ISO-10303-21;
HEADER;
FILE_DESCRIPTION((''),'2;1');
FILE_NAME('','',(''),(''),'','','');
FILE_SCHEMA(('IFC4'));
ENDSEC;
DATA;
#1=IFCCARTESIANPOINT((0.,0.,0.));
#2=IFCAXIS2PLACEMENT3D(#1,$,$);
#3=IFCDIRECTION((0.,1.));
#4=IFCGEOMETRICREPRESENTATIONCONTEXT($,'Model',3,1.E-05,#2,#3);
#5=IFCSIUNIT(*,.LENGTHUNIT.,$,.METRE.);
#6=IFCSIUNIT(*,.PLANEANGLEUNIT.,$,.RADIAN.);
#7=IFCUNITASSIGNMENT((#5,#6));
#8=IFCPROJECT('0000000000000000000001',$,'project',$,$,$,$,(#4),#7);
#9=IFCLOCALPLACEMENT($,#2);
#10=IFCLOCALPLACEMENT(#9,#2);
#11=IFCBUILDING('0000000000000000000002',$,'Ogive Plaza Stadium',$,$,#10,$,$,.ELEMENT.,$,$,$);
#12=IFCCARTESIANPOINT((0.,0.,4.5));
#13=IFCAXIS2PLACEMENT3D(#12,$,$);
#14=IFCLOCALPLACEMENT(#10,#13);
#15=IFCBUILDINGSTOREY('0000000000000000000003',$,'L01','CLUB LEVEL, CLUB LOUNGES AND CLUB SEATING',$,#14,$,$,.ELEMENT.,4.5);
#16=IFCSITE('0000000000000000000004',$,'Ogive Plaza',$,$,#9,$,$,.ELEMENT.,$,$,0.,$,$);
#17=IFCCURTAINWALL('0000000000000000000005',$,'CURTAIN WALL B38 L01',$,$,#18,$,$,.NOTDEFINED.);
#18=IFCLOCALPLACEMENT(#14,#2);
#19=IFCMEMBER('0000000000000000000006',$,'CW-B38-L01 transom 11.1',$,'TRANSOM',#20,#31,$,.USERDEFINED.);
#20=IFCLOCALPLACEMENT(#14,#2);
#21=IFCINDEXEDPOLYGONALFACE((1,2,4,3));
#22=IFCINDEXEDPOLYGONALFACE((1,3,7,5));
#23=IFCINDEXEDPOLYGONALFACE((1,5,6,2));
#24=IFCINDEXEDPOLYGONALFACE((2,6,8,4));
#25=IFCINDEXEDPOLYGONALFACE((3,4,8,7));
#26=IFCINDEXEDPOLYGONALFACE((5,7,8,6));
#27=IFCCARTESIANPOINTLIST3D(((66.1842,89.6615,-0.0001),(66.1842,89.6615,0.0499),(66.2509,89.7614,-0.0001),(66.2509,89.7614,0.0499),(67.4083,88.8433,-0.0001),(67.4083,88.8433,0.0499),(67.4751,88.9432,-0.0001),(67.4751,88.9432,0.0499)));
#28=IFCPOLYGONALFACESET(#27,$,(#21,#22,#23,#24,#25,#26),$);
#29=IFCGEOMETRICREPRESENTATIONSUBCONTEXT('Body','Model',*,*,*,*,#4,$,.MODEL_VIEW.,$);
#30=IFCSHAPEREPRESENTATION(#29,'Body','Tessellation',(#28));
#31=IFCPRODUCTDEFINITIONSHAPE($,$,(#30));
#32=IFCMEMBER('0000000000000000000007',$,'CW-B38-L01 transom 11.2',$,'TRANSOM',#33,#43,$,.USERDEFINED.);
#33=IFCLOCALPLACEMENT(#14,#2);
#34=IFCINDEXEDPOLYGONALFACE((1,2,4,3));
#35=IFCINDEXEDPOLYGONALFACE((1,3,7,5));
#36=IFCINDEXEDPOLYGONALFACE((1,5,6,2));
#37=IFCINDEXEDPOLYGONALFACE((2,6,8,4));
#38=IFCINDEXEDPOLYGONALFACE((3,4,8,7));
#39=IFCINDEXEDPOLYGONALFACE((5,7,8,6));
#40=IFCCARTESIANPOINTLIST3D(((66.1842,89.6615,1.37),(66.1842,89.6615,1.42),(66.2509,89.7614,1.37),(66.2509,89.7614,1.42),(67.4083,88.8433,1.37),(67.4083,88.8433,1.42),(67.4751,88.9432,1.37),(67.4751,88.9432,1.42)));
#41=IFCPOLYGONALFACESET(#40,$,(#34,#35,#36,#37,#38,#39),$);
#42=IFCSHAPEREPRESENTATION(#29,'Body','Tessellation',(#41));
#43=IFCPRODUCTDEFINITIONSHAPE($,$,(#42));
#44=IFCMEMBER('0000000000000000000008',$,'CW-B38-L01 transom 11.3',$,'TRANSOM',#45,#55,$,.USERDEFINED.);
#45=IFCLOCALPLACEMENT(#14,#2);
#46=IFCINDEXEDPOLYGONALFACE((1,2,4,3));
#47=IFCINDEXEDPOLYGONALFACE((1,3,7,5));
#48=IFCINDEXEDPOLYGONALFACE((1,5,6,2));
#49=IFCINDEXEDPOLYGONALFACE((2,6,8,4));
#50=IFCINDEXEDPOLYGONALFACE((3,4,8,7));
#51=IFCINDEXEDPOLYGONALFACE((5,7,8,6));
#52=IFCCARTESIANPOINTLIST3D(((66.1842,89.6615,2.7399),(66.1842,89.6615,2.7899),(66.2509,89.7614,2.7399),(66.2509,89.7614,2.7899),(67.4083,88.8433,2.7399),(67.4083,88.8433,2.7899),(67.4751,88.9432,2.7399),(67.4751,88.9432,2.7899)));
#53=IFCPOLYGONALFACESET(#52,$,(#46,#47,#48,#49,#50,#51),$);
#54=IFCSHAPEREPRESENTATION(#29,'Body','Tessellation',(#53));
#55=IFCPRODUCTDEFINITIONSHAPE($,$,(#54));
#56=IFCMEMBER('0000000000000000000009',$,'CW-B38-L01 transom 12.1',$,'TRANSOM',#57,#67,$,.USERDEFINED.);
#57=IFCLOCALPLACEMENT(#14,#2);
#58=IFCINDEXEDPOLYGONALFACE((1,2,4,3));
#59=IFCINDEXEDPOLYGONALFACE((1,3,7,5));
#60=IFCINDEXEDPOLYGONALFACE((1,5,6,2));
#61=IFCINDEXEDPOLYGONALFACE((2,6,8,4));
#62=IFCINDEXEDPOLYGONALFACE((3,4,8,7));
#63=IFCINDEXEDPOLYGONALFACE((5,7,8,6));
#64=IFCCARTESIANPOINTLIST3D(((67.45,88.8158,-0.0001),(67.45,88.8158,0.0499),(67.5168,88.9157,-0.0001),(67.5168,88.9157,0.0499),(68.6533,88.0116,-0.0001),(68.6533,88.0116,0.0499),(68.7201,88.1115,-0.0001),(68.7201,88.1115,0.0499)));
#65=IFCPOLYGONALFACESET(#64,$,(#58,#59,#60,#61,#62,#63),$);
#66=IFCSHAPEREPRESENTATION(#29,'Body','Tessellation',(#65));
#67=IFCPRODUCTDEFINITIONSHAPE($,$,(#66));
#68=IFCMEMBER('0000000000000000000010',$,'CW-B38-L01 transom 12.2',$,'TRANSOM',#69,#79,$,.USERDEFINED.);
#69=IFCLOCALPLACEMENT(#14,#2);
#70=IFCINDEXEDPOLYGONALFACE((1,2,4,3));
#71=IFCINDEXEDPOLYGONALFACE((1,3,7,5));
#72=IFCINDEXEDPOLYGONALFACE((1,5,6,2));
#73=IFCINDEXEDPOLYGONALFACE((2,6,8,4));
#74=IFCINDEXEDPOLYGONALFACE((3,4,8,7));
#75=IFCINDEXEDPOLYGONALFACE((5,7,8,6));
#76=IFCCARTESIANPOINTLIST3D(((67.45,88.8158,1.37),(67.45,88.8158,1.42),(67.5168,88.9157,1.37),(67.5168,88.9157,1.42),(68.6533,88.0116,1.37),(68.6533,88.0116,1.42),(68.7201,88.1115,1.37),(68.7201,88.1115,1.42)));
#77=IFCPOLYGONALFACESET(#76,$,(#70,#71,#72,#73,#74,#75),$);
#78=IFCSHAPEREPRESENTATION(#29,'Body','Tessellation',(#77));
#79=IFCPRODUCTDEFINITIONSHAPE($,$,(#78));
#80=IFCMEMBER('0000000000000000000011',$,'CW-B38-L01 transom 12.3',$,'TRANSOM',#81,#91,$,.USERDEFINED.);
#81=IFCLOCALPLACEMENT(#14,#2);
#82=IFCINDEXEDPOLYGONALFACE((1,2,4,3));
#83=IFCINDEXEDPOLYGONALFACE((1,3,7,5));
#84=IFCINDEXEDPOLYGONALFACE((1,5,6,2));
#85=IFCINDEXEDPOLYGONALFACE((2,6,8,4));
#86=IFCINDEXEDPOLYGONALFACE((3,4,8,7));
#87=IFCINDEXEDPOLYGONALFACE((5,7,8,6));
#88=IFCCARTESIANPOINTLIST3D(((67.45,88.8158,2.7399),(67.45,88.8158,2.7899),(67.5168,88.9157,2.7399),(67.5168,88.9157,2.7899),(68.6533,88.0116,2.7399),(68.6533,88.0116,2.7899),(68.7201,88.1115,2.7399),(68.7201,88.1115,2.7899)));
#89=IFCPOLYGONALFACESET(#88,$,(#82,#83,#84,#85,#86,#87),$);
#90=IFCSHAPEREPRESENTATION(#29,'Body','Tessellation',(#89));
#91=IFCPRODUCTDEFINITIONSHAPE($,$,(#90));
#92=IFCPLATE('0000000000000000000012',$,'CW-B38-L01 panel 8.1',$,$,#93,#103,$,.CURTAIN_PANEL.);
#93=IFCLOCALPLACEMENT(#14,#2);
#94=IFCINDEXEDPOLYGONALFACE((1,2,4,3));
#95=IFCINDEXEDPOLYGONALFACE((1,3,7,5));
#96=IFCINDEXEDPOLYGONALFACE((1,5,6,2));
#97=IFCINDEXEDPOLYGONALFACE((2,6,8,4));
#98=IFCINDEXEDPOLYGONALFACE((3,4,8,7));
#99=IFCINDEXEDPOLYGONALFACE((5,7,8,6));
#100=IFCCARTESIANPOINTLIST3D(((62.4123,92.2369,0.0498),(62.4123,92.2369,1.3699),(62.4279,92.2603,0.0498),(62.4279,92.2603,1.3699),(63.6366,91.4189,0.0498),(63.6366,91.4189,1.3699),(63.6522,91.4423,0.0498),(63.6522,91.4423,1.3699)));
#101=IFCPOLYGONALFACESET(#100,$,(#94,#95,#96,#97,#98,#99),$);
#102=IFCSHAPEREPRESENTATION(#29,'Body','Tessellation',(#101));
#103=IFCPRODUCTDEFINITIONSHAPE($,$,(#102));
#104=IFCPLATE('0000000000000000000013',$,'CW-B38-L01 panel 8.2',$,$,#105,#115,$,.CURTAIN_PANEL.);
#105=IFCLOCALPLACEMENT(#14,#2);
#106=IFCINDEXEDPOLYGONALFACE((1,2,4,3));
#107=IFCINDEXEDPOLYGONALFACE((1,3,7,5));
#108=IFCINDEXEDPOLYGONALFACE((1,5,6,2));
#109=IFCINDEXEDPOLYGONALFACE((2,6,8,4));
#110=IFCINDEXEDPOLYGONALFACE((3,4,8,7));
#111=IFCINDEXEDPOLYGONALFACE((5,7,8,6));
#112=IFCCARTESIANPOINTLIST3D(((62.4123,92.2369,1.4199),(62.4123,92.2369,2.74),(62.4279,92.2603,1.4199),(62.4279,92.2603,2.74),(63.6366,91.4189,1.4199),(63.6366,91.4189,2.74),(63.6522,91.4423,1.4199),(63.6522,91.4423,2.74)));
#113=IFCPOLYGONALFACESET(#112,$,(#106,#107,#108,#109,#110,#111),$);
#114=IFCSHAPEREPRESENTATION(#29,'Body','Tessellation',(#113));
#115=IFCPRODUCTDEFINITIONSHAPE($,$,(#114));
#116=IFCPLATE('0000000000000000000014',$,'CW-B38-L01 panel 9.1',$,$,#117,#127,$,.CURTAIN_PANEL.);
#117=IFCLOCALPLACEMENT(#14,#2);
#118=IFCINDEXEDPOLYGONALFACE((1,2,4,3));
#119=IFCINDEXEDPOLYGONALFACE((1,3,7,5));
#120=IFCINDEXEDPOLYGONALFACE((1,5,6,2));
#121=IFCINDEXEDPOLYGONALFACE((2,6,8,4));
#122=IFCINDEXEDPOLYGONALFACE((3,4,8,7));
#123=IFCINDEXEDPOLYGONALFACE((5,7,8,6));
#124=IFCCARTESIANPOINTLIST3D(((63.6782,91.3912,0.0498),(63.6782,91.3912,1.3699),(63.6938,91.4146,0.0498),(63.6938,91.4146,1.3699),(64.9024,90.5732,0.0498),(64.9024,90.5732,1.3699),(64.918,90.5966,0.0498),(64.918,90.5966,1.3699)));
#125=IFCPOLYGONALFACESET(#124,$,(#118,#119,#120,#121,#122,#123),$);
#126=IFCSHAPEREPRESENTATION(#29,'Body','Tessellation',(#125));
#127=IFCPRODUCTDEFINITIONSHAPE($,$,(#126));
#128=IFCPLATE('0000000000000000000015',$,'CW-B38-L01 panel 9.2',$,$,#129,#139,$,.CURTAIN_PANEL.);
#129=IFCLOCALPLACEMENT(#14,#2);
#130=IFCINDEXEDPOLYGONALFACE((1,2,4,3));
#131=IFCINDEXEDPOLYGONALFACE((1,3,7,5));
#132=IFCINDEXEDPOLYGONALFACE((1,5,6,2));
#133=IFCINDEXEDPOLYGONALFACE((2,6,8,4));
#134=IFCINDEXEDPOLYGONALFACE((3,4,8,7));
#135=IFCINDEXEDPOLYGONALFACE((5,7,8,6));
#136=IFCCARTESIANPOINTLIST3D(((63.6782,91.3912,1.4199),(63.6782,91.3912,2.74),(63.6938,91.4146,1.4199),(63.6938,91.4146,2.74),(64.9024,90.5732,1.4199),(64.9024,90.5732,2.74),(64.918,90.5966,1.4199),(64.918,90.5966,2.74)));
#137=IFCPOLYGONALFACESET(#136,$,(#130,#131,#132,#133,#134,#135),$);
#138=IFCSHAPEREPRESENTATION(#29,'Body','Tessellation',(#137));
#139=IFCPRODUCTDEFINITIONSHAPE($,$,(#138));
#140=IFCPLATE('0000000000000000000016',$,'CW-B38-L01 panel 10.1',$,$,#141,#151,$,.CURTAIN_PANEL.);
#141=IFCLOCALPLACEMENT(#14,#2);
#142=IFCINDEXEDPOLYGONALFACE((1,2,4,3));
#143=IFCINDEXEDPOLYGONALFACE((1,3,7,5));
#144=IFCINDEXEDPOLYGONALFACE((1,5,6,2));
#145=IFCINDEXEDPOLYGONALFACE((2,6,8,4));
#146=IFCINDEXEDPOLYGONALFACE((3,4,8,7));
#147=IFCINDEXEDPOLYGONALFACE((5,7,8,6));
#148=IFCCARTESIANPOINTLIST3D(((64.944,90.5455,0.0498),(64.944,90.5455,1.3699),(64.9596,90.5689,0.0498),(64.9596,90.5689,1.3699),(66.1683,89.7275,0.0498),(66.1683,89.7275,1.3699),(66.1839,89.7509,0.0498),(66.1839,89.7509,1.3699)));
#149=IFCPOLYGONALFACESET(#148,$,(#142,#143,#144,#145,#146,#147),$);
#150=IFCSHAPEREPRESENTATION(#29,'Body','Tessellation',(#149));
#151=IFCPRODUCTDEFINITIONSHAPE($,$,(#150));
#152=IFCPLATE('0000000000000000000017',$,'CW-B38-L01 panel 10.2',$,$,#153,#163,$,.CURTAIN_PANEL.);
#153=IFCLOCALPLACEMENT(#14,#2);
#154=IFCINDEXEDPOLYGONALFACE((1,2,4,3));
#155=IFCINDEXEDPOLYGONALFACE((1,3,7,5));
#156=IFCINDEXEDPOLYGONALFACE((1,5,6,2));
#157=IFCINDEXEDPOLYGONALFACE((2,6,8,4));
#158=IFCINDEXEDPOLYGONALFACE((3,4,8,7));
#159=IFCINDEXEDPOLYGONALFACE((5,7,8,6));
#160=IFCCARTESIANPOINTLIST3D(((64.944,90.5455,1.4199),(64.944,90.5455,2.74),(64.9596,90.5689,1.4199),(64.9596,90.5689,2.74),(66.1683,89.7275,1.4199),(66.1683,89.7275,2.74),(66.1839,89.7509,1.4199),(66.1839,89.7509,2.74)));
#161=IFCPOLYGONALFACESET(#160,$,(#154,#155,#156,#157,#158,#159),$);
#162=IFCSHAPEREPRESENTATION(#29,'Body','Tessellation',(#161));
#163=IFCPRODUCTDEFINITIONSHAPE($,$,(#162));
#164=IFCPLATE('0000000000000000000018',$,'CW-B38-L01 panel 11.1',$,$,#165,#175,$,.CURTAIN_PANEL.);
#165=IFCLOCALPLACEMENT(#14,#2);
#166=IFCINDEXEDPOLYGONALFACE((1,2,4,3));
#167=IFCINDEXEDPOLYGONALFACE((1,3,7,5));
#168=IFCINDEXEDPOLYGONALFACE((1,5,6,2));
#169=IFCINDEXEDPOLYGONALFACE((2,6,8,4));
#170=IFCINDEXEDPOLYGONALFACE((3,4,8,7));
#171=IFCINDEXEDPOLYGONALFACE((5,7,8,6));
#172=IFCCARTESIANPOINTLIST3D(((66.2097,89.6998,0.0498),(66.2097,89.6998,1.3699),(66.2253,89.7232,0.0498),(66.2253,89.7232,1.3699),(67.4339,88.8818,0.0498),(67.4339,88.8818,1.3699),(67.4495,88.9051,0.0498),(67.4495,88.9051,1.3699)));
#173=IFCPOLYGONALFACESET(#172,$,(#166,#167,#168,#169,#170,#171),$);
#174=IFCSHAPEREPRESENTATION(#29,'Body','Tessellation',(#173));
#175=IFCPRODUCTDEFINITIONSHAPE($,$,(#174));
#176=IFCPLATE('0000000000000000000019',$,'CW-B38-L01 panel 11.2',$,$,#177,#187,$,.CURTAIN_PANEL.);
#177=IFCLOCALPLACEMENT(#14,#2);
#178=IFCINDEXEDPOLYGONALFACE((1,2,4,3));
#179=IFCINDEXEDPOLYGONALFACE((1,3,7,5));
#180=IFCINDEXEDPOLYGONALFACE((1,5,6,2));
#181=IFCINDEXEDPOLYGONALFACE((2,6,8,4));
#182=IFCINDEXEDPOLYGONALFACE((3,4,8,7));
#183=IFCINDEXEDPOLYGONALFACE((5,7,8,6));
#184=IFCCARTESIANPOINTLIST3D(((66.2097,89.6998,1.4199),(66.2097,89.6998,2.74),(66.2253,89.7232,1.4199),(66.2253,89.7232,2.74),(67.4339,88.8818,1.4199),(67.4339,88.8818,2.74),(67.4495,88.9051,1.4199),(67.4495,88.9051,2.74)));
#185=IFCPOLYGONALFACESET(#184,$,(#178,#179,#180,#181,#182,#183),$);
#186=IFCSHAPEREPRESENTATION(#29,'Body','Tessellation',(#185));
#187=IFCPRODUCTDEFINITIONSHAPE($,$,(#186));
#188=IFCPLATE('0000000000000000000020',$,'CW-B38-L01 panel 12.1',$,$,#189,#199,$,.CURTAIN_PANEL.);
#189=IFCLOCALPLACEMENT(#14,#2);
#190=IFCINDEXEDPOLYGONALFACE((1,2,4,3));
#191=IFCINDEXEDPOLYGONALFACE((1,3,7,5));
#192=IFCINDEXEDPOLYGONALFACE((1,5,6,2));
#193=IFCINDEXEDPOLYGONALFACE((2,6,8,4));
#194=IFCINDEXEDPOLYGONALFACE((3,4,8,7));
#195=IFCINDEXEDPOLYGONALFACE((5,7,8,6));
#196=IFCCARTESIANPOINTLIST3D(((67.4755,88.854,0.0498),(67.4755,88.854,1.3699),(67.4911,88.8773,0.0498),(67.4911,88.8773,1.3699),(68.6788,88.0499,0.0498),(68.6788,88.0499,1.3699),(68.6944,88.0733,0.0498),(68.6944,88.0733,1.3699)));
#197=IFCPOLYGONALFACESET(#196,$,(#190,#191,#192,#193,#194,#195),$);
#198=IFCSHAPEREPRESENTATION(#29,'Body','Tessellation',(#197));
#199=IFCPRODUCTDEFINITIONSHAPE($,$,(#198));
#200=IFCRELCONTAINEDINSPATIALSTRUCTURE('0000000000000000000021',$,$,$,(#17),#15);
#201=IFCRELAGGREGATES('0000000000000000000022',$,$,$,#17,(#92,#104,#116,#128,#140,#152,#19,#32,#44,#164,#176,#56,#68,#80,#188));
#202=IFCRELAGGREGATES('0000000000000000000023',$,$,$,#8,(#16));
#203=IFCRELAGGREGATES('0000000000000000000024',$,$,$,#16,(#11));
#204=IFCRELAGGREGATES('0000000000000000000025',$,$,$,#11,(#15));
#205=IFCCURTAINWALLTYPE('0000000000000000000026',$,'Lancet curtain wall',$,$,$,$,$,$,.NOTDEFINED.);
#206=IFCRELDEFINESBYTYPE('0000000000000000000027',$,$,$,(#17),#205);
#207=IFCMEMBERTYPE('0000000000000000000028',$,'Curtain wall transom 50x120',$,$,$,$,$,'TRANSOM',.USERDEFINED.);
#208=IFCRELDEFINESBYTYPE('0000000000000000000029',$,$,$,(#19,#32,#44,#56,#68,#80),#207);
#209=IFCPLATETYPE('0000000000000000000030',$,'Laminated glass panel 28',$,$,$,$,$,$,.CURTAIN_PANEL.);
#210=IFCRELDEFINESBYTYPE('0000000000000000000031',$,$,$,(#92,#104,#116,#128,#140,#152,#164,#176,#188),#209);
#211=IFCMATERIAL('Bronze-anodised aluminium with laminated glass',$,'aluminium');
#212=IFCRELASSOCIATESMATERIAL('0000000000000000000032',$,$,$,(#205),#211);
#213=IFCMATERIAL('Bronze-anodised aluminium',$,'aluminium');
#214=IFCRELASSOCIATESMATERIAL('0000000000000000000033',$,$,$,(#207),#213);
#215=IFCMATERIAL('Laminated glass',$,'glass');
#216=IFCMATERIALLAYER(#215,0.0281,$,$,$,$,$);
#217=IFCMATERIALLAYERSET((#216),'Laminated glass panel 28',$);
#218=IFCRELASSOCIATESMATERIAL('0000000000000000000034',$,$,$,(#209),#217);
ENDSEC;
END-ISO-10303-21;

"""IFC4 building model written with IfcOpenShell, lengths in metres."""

from ifc_helpers import new_model, si_unit, direction, frame, origin, origin_2d, place, context, subcontext, project, spatial, rectangle, extrude, material, layer, layer_set, material_profile, profile_set, type_object, element, aggregate, save


model = new_model("IFC4")

# Units and contexts
model_context = context("Model", 3, precision=1e-05, world=origin(), true_north=direction((0.0, 1.0)))
body_context = subcontext(model_context, "Body", "Model", "MODEL_VIEW")
ifc_project = project(units=[si_unit("LENGTHUNIT", "METRE"), si_unit("PLANEANGLEUNIT", "RADIAN")], contexts=[model_context])

# Site, building, storey
site_placement = place(None, origin())
site = spatial("IfcSite", under=ifc_project, at=site_placement, Name="Ogive Plaza", CompositionType="ELEMENT", RefElevation=0.0)
building_placement = place(site_placement, origin())
building = spatial("IfcBuilding", under=site, at=building_placement, Name="Ogive Plaza Stadium", CompositionType="ELEMENT")
storey_placement = place(building_placement, frame((0.0, 0.0, 4.5)))
storey = spatial("IfcBuildingStorey", under=building, at=storey_placement, Name="L01", Description="CLUB LEVEL, CLUB LOUNGES AND CLUB SEATING", CompositionType="ELEMENT", Elevation=4.5)

# Curtain wall, members, plates
ifc_material_1 = material(Name="Bronze-anodised aluminium with laminated glass", Category="aluminium")
curtain_wall_type = type_object("IfcCurtainWallType", Name="Lancet curtain wall", PredefinedType="NOTDEFINED", material=ifc_material_1)
curtain_wall_placement = place(storey_placement, origin())
curtain_wall = element("IfcCurtainWall", 1, at=curtain_wall_placement, inside=storey, type_object=curtain_wall_type, Name="CURTAIN WALL B38 L01", PredefinedType="NOTDEFINED")
ifc_material_2 = material(Name="Bronze-anodised aluminium", Category="aluminium")
ifc_material_profile_1 = material_profile(ifc_material_2, rectangle(XDim=0.1201, YDim=0.05, at=origin_2d()), Name="AL 120x50")
ifc_profile_set_1 = profile_set([ifc_material_profile_1], Name="Bronze-anodised aluminium")
member_type_1 = type_object("IfcMemberType", Name="Curtain wall transom 50x120", ElementType="TRANSOM", PredefinedType="USERDEFINED", material=ifc_profile_set_1)
member_1_placement = place(storey_placement, frame((66.2175, 89.7114, 0.0249), z_axis=(0.831412, -0.555656, 0.0), x_axis=(0.555656, 0.831412, 0.0)))
member_1 = element("IfcMember", 2, at=member_1_placement, type_object=member_type_1, Name="CW-B38-L01 transom 11.1", ObjectType="TRANSOM", PredefinedType="USERDEFINED", context=body_context, shape_type="SweptSolid", body=[
    extrude(rectangle(XDim=0.1201, YDim=0.05, at=origin_2d()), origin(), (0.0, 0.0, 1.0), 1.4724),
])
member_2_placement = place(storey_placement, frame((66.2175, 89.7114, 1.395), z_axis=(0.831412, -0.555656, 0.0), x_axis=(0.555656, 0.831412, 0.0)))
member_2 = element("IfcMember", 3, at=member_2_placement, type_object=member_type_1, Name="CW-B38-L01 transom 11.2", ObjectType="TRANSOM", PredefinedType="USERDEFINED", context=body_context, shape_type="SweptSolid", body=[
    extrude(rectangle(XDim=0.1201, YDim=0.05, at=origin_2d()), origin(), (0.0, 0.0, 1.0), 1.4724),
])
member_3_placement = place(storey_placement, frame((66.2175, 89.7114, 2.7649), z_axis=(0.831412, -0.555656, 0.0), x_axis=(0.555656, 0.831412, 0.0)))
member_3 = element("IfcMember", 4, at=member_3_placement, type_object=member_type_1, Name="CW-B38-L01 transom 11.3", ObjectType="TRANSOM", PredefinedType="USERDEFINED", context=body_context, shape_type="SweptSolid", body=[
    extrude(rectangle(XDim=0.1201, YDim=0.05, at=origin_2d()), origin(), (0.0, 0.0, 1.0), 1.4724),
])
member_4_placement = place(storey_placement, frame((67.4834, 88.8657, 0.0249), z_axis=(0.831427, -0.555634, 0.0), x_axis=(0.555634, 0.831427, 0.0)))
member_4 = element("IfcMember", 5, at=member_4_placement, type_object=member_type_1, Name="CW-B38-L01 transom 12.1", ObjectType="TRANSOM", PredefinedType="USERDEFINED", context=body_context, shape_type="SweptSolid", body=[
    extrude(rectangle(XDim=0.1201, YDim=0.05, at=origin_2d()), origin(), (0.0, 0.0, 1.0), 1.4473),
])
member_5_placement = place(storey_placement, frame((67.4834, 88.8657, 1.395), z_axis=(0.831427, -0.555634, 0.0), x_axis=(0.555634, 0.831427, 0.0)))
member_5 = element("IfcMember", 6, at=member_5_placement, type_object=member_type_1, Name="CW-B38-L01 transom 12.2", ObjectType="TRANSOM", PredefinedType="USERDEFINED", context=body_context, shape_type="SweptSolid", body=[
    extrude(rectangle(XDim=0.1201, YDim=0.05, at=origin_2d()), origin(), (0.0, 0.0, 1.0), 1.4473),
])
member_6_placement = place(storey_placement, frame((67.4834, 88.8657, 2.7649), z_axis=(0.831427, -0.555634, 0.0), x_axis=(0.555634, 0.831427, 0.0)))
member_6 = element("IfcMember", 7, at=member_6_placement, type_object=member_type_1, Name="CW-B38-L01 transom 12.3", ObjectType="TRANSOM", PredefinedType="USERDEFINED", context=body_context, shape_type="SweptSolid", body=[
    extrude(rectangle(XDim=0.1201, YDim=0.05, at=origin_2d()), origin(), (0.0, 0.0, 1.0), 1.4473),
])
ifc_material_3 = material(Name="Laminated glass", Category="glass")
ifc_layer_1 = layer(ifc_material_3, 0.0281)
ifc_layer_set_1 = layer_set([ifc_layer_1], Name="Laminated glass panel 28")
plate_type = type_object("IfcPlateType", Name="Laminated glass panel 28", PredefinedType="CURTAIN_PANEL", material=ifc_layer_set_1)
plate_1_placement = place(storey_placement, frame((63.0322, 91.8396, 0.0498), z_axis=(0.0, 0.0, 1.0), x_axis=(0.83147, -0.55557, 0.0)))
plate_1 = element("IfcPlate", 8, at=plate_1_placement, type_object=plate_type, Name="CW-B38-L01 panel 8.1", PredefinedType="CURTAIN_PANEL", context=body_context, shape_type="SweptSolid", body=[
    extrude(rectangle(XDim=1.4724, YDim=0.0281, at=origin_2d()), origin(), (0.0, 0.0, 1.0), 1.3201),
])
plate_2_placement = place(storey_placement, frame((63.0322, 91.8396, 1.4199), z_axis=(0.0, 0.0, 1.0), x_axis=(0.83147, -0.55557, 0.0)))
plate_2 = element("IfcPlate", 9, at=plate_2_placement, type_object=plate_type, Name="CW-B38-L01 panel 8.2", PredefinedType="CURTAIN_PANEL", context=body_context, shape_type="SweptSolid", body=[
    extrude(rectangle(XDim=1.4724, YDim=0.0281, at=origin_2d()), origin(), (0.0, 0.0, 1.0), 1.3201),
])
plate_3_placement = place(storey_placement, frame((64.2981, 90.9939, 0.0498), z_axis=(0.0, 0.0, 1.0), x_axis=(0.83147, -0.55557, 0.0)))
plate_3 = element("IfcPlate", 10, at=plate_3_placement, type_object=plate_type, Name="CW-B38-L01 panel 9.1", PredefinedType="CURTAIN_PANEL", context=body_context, shape_type="SweptSolid", body=[
    extrude(rectangle(XDim=1.4724, YDim=0.0281, at=origin_2d()), origin(), (0.0, 0.0, 1.0), 1.3201),
])
plate_4_placement = place(storey_placement, frame((64.2981, 90.9939, 1.4199), z_axis=(0.0, 0.0, 1.0), x_axis=(0.83147, -0.55557, 0.0)))
plate_4 = element("IfcPlate", 11, at=plate_4_placement, type_object=plate_type, Name="CW-B38-L01 panel 9.2", PredefinedType="CURTAIN_PANEL", context=body_context, shape_type="SweptSolid", body=[
    extrude(rectangle(XDim=1.4724, YDim=0.0281, at=origin_2d()), origin(), (0.0, 0.0, 1.0), 1.3201),
])
plate_5_placement = place(storey_placement, frame((65.564, 90.1482, 0.0498), z_axis=(0.0, 0.0, 1.0), x_axis=(0.83147, -0.55557, 0.0)))
plate_5 = element("IfcPlate", 12, at=plate_5_placement, type_object=plate_type, Name="CW-B38-L01 panel 10.1", PredefinedType="CURTAIN_PANEL", context=body_context, shape_type="SweptSolid", body=[
    extrude(rectangle(XDim=1.4724, YDim=0.0281, at=origin_2d()), origin(), (0.0, 0.0, 1.0), 1.3201),
])
plate_6_placement = place(storey_placement, frame((65.564, 90.1482, 1.4199), z_axis=(0.0, 0.0, 1.0), x_axis=(0.83147, -0.55557, 0.0)))
plate_6 = element("IfcPlate", 13, at=plate_6_placement, type_object=plate_type, Name="CW-B38-L01 panel 10.2", PredefinedType="CURTAIN_PANEL", context=body_context, shape_type="SweptSolid", body=[
    extrude(rectangle(XDim=1.4724, YDim=0.0281, at=origin_2d()), origin(), (0.0, 0.0, 1.0), 1.3201),
])
plate_7_placement = place(storey_placement, frame((66.8296, 89.3025, 0.0498), z_axis=(0.0, 0.0, 1.0), x_axis=(0.83147, -0.55557, 0.0)))
plate_7 = element("IfcPlate", 14, at=plate_7_placement, type_object=plate_type, Name="CW-B38-L01 panel 11.1", PredefinedType="CURTAIN_PANEL", context=body_context, shape_type="SweptSolid", body=[
    extrude(rectangle(XDim=1.4724, YDim=0.0281, at=origin_2d()), origin(), (0.0, 0.0, 1.0), 1.3201),
])
plate_8_placement = place(storey_placement, frame((66.8296, 89.3025, 1.4199), z_axis=(0.0, 0.0, 1.0), x_axis=(0.83147, -0.55557, 0.0)))
plate_8 = element("IfcPlate", 15, at=plate_8_placement, type_object=plate_type, Name="CW-B38-L01 panel 11.2", PredefinedType="CURTAIN_PANEL", context=body_context, shape_type="SweptSolid", body=[
    extrude(rectangle(XDim=1.4724, YDim=0.0281, at=origin_2d()), origin(), (0.0, 0.0, 1.0), 1.3201),
])
plate_9_placement = place(storey_placement, frame((68.085, 88.4636, 0.0498), z_axis=(0.0, 0.0, 1.0), x_axis=(0.83147, -0.55557, 0.0)))
plate_9 = element("IfcPlate", 16, at=plate_9_placement, type_object=plate_type, Name="CW-B38-L01 panel 12.1", PredefinedType="CURTAIN_PANEL", context=body_context, shape_type="SweptSolid", body=[
    extrude(rectangle(XDim=1.4473, YDim=0.0281, at=origin_2d()), origin(), (0.0, 0.0, 1.0), 1.3201),
])
aggregate(curtain_wall, [plate_1, plate_2, plate_3, plate_4, plate_5, plate_6, member_1, member_2, member_3, plate_7, plate_8, member_4, member_5, member_6, plate_9])

save(model, "model.ifc")
